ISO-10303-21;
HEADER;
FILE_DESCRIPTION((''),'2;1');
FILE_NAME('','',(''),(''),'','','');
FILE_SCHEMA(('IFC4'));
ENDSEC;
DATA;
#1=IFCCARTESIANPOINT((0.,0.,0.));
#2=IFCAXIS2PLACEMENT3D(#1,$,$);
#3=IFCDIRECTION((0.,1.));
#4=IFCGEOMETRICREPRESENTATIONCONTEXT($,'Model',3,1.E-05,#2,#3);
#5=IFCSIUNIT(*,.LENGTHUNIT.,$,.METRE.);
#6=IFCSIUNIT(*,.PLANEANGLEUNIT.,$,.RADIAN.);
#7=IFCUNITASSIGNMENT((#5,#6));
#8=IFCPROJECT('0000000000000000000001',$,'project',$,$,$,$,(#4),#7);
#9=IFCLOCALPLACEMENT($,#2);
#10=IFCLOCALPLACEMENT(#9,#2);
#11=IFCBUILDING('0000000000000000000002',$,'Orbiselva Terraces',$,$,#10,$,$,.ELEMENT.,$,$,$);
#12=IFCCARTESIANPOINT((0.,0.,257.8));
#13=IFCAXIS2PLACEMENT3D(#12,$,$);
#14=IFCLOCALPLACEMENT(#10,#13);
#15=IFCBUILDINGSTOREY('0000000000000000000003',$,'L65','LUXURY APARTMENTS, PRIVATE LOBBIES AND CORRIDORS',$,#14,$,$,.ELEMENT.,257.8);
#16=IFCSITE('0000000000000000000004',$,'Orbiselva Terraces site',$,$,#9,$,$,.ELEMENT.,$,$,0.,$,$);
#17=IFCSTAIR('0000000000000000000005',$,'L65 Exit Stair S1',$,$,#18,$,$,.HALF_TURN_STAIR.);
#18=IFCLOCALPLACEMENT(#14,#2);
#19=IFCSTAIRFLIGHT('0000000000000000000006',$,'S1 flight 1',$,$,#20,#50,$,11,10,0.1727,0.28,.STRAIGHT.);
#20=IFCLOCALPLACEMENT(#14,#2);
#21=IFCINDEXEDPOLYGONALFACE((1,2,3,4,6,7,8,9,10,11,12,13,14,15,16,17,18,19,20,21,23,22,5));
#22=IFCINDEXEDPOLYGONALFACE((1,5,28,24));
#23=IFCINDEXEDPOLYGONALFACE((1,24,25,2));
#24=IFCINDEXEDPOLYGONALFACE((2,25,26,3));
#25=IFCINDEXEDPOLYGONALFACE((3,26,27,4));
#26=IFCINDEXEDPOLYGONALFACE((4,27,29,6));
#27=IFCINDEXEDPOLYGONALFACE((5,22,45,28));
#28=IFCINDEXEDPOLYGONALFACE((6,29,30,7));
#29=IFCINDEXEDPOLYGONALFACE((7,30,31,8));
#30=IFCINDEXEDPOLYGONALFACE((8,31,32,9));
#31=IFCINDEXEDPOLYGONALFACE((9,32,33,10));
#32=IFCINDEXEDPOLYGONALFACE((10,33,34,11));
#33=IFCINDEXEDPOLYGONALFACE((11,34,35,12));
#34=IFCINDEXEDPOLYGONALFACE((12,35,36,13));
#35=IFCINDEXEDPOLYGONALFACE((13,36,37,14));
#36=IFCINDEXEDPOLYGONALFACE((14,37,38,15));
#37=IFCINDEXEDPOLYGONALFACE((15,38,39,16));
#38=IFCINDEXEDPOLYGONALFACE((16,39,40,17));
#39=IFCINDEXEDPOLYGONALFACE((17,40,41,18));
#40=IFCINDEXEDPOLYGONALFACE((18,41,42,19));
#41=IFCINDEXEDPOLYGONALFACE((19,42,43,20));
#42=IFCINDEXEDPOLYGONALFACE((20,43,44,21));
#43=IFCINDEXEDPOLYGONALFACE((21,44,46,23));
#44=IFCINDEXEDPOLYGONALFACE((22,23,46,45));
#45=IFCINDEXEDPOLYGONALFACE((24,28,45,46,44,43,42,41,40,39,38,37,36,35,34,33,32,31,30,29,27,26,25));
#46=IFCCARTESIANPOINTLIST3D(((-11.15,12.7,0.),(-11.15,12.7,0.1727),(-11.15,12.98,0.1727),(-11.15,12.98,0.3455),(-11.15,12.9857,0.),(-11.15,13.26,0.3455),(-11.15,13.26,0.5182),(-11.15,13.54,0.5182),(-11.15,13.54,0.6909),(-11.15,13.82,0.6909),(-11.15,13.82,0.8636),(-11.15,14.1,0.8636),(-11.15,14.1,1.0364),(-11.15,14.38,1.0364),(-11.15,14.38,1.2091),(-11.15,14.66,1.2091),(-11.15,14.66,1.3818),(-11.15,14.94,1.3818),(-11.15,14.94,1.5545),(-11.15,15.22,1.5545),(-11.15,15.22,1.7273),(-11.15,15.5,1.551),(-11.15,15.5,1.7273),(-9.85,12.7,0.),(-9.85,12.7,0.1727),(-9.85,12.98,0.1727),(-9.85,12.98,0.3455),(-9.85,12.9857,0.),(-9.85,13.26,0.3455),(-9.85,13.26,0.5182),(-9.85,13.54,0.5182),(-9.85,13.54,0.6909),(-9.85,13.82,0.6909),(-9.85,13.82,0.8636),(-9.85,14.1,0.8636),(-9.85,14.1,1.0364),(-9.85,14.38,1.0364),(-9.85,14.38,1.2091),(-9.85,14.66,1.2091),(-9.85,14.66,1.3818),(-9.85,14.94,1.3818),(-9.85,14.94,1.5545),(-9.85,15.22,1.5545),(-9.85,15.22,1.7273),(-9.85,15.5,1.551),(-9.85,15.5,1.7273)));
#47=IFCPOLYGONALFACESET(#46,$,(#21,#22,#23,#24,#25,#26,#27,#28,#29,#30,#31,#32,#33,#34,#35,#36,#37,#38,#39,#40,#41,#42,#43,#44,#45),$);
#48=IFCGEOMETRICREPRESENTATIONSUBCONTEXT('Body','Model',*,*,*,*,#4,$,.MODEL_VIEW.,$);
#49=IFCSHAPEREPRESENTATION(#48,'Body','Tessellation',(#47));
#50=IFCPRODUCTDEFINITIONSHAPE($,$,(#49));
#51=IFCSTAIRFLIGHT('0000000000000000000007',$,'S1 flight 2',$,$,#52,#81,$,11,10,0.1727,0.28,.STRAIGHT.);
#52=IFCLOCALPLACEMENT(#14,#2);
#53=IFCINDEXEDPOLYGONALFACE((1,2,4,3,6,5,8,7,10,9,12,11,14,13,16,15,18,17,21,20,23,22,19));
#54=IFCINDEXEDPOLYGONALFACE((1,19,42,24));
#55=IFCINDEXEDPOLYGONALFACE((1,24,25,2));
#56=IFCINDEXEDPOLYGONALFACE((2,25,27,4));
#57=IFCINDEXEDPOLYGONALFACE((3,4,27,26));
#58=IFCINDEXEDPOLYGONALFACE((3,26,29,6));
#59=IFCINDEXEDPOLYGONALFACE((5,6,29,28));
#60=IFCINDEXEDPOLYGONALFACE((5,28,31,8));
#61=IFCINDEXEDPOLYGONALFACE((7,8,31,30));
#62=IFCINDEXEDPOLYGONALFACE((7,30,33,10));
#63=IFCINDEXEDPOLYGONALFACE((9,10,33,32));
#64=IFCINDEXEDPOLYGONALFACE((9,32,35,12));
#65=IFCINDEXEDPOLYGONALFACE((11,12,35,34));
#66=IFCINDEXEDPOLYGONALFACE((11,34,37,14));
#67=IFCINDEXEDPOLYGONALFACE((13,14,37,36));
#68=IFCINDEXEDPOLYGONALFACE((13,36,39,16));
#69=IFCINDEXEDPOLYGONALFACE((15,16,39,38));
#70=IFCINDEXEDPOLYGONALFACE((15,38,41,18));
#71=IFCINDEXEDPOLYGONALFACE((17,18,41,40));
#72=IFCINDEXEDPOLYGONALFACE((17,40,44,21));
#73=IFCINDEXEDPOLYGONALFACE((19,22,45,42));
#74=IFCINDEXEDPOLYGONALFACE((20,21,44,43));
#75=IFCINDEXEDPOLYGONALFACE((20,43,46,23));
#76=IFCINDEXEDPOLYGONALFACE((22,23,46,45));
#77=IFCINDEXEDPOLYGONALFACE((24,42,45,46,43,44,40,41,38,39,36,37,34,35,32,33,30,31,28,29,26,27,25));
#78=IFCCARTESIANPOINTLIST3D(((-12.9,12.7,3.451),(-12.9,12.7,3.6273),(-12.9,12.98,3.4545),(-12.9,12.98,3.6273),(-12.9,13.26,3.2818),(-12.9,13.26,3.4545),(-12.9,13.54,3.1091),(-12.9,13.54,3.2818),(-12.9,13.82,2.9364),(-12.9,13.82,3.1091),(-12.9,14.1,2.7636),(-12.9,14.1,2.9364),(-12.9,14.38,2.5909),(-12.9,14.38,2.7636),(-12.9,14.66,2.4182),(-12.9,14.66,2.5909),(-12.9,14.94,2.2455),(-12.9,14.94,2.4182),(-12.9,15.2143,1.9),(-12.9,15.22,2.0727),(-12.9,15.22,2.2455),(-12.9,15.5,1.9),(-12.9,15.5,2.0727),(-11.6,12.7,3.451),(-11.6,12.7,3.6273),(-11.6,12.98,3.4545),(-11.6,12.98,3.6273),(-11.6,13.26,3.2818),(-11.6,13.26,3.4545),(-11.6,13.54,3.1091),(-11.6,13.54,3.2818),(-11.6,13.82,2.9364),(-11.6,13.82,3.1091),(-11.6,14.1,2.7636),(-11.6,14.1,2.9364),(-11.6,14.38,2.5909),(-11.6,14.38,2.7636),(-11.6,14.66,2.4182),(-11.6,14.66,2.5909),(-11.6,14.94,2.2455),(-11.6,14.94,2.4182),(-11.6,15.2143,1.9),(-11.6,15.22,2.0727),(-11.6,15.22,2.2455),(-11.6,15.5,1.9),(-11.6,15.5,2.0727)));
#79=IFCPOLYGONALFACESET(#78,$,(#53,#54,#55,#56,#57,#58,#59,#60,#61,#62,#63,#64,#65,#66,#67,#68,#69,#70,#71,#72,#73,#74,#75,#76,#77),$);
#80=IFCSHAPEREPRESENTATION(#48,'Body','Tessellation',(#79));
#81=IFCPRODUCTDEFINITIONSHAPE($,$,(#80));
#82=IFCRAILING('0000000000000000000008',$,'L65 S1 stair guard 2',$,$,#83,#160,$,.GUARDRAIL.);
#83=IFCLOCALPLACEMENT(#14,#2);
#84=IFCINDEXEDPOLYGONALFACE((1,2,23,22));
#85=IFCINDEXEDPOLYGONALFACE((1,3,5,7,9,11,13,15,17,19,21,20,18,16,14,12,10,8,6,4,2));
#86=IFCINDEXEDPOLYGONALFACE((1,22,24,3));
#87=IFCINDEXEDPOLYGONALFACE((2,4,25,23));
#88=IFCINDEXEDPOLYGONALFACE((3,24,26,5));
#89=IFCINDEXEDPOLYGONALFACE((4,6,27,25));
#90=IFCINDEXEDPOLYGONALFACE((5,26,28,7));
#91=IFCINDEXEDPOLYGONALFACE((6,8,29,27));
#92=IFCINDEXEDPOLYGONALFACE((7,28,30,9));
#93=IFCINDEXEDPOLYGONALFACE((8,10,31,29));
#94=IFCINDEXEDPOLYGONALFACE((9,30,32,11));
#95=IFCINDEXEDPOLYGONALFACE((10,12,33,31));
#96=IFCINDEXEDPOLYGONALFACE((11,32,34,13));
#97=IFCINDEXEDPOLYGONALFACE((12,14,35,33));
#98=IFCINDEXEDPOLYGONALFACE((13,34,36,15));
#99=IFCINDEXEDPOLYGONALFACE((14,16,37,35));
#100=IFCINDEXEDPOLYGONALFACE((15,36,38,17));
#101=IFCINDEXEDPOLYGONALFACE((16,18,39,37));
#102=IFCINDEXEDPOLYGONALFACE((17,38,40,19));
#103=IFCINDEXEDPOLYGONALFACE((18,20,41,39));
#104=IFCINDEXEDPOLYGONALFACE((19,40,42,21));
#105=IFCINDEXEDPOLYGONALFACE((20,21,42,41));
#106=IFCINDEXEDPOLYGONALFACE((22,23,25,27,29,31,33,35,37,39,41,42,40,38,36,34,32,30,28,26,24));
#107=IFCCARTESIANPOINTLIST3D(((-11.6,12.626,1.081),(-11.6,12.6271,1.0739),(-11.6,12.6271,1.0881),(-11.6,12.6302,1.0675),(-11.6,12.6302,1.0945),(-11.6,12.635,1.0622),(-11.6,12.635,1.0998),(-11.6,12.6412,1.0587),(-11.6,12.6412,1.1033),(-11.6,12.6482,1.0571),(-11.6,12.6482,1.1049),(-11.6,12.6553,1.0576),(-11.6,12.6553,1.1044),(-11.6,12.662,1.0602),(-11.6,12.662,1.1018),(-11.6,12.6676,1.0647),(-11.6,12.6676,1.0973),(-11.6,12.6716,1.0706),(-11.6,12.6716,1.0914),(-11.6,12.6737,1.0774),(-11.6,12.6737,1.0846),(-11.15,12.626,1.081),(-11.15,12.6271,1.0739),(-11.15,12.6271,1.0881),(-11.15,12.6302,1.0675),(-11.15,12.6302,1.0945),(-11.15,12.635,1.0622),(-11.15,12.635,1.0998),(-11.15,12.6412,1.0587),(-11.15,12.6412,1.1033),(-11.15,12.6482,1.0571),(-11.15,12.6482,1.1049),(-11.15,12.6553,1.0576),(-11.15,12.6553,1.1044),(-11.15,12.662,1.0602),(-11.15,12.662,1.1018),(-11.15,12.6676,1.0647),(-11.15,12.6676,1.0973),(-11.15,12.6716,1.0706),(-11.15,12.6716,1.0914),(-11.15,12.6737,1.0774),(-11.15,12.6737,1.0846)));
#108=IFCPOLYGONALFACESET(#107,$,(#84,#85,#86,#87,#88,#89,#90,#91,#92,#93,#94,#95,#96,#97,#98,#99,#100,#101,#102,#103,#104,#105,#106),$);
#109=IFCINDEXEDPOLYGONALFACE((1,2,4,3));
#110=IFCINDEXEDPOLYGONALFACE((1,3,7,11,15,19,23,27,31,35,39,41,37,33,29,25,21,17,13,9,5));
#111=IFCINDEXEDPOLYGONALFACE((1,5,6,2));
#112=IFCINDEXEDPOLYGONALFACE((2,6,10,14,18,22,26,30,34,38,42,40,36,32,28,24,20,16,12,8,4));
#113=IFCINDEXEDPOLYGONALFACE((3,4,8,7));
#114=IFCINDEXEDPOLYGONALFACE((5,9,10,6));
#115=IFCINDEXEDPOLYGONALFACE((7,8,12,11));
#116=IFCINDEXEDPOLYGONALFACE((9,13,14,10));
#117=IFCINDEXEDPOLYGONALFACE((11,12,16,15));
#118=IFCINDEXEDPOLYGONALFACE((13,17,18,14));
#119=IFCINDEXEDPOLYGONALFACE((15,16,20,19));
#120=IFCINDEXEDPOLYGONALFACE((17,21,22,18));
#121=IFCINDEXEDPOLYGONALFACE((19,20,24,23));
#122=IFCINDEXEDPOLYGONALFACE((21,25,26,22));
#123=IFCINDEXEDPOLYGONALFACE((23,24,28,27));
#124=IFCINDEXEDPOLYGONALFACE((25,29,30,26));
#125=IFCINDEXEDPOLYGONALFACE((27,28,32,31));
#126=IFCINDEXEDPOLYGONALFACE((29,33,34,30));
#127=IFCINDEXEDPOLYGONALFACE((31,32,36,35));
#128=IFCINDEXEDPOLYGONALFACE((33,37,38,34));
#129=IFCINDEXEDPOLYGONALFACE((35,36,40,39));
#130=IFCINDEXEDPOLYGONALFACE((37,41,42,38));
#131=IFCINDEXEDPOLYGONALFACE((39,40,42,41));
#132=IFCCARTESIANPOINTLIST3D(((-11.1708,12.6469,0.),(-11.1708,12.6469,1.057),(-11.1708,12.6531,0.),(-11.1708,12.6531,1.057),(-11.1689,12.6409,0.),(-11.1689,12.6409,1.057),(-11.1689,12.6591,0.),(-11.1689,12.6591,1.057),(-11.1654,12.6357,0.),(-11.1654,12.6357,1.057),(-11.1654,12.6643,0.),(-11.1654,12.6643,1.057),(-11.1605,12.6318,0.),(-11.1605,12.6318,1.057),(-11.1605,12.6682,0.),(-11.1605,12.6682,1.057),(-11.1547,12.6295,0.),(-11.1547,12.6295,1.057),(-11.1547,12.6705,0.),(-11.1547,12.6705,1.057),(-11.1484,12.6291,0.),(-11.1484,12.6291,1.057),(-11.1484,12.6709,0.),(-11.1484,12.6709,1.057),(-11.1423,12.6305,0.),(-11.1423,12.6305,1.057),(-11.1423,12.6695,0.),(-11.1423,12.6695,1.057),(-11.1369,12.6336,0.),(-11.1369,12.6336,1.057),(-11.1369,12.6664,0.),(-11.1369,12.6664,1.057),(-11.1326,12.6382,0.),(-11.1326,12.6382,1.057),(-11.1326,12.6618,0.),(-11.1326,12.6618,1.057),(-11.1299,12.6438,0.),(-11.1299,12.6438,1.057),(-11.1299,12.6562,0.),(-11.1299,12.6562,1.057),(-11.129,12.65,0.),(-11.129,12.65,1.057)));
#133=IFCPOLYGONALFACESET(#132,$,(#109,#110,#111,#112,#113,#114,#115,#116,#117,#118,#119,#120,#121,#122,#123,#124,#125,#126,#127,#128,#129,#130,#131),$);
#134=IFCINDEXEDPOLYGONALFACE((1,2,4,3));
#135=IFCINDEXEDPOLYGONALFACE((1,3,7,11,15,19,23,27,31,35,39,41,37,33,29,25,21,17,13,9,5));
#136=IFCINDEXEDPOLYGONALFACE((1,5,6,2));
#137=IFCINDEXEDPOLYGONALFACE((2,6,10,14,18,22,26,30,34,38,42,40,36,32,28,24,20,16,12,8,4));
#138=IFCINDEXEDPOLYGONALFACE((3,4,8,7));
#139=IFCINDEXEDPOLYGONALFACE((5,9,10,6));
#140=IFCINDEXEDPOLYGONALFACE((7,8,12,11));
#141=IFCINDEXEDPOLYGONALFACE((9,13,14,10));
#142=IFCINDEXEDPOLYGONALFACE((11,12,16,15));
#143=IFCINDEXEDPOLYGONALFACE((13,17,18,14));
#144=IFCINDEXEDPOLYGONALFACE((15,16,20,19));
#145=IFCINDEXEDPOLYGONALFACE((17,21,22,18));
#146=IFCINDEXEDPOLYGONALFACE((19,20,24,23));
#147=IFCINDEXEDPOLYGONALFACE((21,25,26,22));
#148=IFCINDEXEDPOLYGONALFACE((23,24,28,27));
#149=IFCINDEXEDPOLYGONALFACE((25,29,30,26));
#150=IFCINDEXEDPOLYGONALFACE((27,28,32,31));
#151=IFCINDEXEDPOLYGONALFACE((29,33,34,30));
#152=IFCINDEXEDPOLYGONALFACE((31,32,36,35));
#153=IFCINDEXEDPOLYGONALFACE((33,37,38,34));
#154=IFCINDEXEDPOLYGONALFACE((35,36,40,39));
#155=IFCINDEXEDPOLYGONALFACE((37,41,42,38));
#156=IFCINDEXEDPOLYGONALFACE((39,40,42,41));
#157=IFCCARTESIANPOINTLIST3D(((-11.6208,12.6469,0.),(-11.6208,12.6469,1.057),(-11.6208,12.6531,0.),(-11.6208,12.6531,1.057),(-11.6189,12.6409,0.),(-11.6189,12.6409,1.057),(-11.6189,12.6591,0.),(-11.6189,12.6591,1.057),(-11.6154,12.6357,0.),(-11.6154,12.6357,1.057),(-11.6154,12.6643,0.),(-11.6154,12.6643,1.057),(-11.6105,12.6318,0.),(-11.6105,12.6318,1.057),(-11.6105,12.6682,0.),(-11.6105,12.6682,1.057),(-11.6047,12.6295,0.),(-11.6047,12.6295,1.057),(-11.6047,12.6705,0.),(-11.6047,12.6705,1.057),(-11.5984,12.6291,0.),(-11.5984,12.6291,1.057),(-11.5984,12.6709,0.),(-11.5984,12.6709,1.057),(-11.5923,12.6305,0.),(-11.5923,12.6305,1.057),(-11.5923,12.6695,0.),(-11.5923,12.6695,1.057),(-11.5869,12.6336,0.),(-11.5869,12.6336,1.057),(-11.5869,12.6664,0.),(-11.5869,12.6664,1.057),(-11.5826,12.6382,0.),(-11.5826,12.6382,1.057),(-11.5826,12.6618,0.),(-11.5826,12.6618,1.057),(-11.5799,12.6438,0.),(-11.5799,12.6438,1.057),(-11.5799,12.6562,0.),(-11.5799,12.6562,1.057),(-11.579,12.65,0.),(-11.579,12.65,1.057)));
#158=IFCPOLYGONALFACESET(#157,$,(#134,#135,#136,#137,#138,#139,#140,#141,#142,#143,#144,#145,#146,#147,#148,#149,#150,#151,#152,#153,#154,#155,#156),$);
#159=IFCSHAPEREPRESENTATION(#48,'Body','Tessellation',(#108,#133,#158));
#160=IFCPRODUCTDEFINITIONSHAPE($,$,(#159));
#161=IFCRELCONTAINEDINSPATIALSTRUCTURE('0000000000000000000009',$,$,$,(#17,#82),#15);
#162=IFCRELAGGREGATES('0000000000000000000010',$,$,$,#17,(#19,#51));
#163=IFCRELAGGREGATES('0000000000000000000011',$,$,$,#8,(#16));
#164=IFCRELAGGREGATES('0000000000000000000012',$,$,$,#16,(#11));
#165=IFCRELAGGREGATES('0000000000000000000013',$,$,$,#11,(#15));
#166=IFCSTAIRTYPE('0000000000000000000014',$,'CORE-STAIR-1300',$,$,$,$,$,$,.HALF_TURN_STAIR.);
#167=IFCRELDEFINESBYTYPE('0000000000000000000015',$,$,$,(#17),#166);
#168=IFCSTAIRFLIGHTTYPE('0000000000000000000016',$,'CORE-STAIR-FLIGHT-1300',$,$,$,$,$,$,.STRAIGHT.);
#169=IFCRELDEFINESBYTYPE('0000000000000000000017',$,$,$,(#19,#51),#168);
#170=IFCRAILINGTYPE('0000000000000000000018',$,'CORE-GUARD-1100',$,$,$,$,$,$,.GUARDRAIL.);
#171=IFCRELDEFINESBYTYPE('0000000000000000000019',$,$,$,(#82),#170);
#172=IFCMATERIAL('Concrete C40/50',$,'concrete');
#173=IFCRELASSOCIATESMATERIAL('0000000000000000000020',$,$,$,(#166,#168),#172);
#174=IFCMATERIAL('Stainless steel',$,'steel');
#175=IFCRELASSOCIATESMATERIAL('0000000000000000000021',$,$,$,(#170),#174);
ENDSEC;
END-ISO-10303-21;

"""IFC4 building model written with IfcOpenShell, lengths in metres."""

from ifc_helpers import new_model, si_unit, direction, frame, origin, origin_2d, place, context, subcontext, project, spatial, polyline, circle, outline, extrude, material, type_object, element, aggregate, save


model = new_model("IFC4")

# Units and contexts
model_context = context("Model", 3, precision=1e-05, world=origin(), true_north=direction((0.0, 1.0)))
body_context = subcontext(model_context, "Body", "Model", "MODEL_VIEW")
ifc_project = project(units=[si_unit("LENGTHUNIT", "METRE"), si_unit("PLANEANGLEUNIT", "RADIAN")], contexts=[model_context])

# Site, building, storey
site_placement = place(None, origin())
site = spatial("IfcSite", under=ifc_project, at=site_placement, Name="Orbiselva Terraces site", CompositionType="ELEMENT", RefElevation=0.0)
building_placement = place(site_placement, origin())
building = spatial("IfcBuilding", under=site, at=building_placement, Name="Orbiselva Terraces", CompositionType="ELEMENT")
storey_placement = place(building_placement, frame((0.0, 0.0, 257.8)))
storey = spatial("IfcBuildingStorey", under=building, at=storey_placement, Name="L65", Description="LUXURY APARTMENTS, PRIVATE LOBBIES AND CORRIDORS", CompositionType="ELEMENT", Elevation=257.8)

# Shared definitions
ifc_material_1 = material(Name="Concrete C40/50", Category="concrete")

# Stair, stair flights
stair_type = type_object("IfcStairType", Name="CORE-STAIR-1300", PredefinedType="HALF_TURN_STAIR", material=ifc_material_1)
stair_placement = place(storey_placement, origin())
stair = element("IfcStair", 1, at=stair_placement, inside=storey, type_object=stair_type, Name="L65 Exit Stair S1", PredefinedType="HALF_TURN_STAIR")
stair_flight_type = type_object("IfcStairFlightType", Name="CORE-STAIR-FLIGHT-1300", PredefinedType="STRAIGHT", material=ifc_material_1)
stair_flight_1_placement = place(storey_placement, frame((-10.5, 12.7, 0.0), z_axis=(0.0, 0.0, 1.0), x_axis=(0.0, 1.0, 0.0)))
stair_flight_1 = element("IfcStairFlight", 2, at=stair_flight_1_placement, type_object=stair_flight_type, Name="S1 flight 1", NumberOfRisers=11, NumberOfTreads=10, PredefinedType="STRAIGHT", RiserHeight=0.1727, TreadLength=0.28, context=body_context, shape_type="SweptSolid", body=[
    extrude(outline(polyline([(0.0, 0.0), (0.0, 0.1727), (0.28, 0.1727), (0.28, 0.3455), (0.56, 0.3455), (0.56, 0.5182), (0.84, 0.5182), (0.84, 0.6909), (1.12, 0.6909), (1.12, 0.8636), (1.4, 0.8636), (1.4, 1.0364), (1.68, 1.0364), (1.68, 1.2091), (1.96, 1.2091), (1.96, 1.3818), (2.24, 1.3818), (2.24, 1.5545), (2.52, 1.5545), (2.52, 1.7273), (2.8, 1.7273), (2.8, 1.9), (2.8, 1.551), (0.2857, 0.0), (0.0, 0.0)])), frame((0.0, 0.65, 0.0), z_axis=(0.0, -1.0, 0.0), x_axis=(1.0, 0.0, 0.0)), (0.0, 0.0, 1.0), 1.3),
])
stair_flight_2_placement = place(storey_placement, frame((-12.25, 15.5, 1.9), z_axis=(0.0, 0.0, 1.0), x_axis=(0.0, -1.0, 0.0)))
stair_flight_2 = element("IfcStairFlight", 3, at=stair_flight_2_placement, type_object=stair_flight_type, Name="S1 flight 2", NumberOfRisers=11, NumberOfTreads=10, PredefinedType="STRAIGHT", RiserHeight=0.1727, TreadLength=0.28, context=body_context, shape_type="SweptSolid", body=[
    extrude(outline(polyline([(0.0, 0.0), (0.0, 0.1727), (0.28, 0.1727), (0.28, 0.3455), (0.56, 0.3455), (0.56, 0.5182), (0.84, 0.5182), (0.84, 0.6909), (1.12, 0.6909), (1.12, 0.8636), (1.4, 0.8636), (1.4, 1.0364), (1.68, 1.0364), (1.68, 1.2091), (1.96, 1.2091), (1.96, 1.3818), (2.24, 1.3818), (2.24, 1.5545), (2.52, 1.5545), (2.52, 1.7273), (2.8, 1.7273), (2.8, 1.9), (2.8, 1.551), (0.2857, 0.0), (0.0, 0.0)])), frame((0.0, 0.65, 0.0), z_axis=(0.0, -1.0, 0.0), x_axis=(1.0, 0.0, 0.0)), (0.0, 0.0, 1.0), 1.3),
])
aggregate(stair, [stair_flight_1, stair_flight_2])

# Railing
ifc_material_2 = material(Name="Stainless steel", Category="steel")
railing_type_1 = type_object("IfcRailingType", Name="CORE-GUARD-1100", PredefinedType="GUARDRAIL", material=ifc_material_2)
railing_1_placement = place(storey_placement, frame((-11.15, 12.65, 0.0)))
element("IfcRailing", 4, at=railing_1_placement, inside=storey, type_object=railing_type_1, Name="L65 S1 stair guard 2", PredefinedType="GUARDRAIL", context=body_context, shape_type="SweptSolid", body=[
    extrude(circle(Radius=0.024, at=origin_2d()), frame((0.0, 0.0, 1.081), z_axis=(-1.0, 0.0, 0.0), x_axis=(0.0, -1.0, 0.0)), (0.0, 0.0, 1.0), 0.45),
    extrude(circle(Radius=0.021, at=origin_2d()), origin(), (0.0, 0.0, 1.0), 1.057),
    extrude(circle(Radius=0.021, at=origin_2d()), frame((-0.45, 0.0, 0.0)), (0.0, 0.0, 1.0), 1.057),
])

save(model, "model.ifc")
